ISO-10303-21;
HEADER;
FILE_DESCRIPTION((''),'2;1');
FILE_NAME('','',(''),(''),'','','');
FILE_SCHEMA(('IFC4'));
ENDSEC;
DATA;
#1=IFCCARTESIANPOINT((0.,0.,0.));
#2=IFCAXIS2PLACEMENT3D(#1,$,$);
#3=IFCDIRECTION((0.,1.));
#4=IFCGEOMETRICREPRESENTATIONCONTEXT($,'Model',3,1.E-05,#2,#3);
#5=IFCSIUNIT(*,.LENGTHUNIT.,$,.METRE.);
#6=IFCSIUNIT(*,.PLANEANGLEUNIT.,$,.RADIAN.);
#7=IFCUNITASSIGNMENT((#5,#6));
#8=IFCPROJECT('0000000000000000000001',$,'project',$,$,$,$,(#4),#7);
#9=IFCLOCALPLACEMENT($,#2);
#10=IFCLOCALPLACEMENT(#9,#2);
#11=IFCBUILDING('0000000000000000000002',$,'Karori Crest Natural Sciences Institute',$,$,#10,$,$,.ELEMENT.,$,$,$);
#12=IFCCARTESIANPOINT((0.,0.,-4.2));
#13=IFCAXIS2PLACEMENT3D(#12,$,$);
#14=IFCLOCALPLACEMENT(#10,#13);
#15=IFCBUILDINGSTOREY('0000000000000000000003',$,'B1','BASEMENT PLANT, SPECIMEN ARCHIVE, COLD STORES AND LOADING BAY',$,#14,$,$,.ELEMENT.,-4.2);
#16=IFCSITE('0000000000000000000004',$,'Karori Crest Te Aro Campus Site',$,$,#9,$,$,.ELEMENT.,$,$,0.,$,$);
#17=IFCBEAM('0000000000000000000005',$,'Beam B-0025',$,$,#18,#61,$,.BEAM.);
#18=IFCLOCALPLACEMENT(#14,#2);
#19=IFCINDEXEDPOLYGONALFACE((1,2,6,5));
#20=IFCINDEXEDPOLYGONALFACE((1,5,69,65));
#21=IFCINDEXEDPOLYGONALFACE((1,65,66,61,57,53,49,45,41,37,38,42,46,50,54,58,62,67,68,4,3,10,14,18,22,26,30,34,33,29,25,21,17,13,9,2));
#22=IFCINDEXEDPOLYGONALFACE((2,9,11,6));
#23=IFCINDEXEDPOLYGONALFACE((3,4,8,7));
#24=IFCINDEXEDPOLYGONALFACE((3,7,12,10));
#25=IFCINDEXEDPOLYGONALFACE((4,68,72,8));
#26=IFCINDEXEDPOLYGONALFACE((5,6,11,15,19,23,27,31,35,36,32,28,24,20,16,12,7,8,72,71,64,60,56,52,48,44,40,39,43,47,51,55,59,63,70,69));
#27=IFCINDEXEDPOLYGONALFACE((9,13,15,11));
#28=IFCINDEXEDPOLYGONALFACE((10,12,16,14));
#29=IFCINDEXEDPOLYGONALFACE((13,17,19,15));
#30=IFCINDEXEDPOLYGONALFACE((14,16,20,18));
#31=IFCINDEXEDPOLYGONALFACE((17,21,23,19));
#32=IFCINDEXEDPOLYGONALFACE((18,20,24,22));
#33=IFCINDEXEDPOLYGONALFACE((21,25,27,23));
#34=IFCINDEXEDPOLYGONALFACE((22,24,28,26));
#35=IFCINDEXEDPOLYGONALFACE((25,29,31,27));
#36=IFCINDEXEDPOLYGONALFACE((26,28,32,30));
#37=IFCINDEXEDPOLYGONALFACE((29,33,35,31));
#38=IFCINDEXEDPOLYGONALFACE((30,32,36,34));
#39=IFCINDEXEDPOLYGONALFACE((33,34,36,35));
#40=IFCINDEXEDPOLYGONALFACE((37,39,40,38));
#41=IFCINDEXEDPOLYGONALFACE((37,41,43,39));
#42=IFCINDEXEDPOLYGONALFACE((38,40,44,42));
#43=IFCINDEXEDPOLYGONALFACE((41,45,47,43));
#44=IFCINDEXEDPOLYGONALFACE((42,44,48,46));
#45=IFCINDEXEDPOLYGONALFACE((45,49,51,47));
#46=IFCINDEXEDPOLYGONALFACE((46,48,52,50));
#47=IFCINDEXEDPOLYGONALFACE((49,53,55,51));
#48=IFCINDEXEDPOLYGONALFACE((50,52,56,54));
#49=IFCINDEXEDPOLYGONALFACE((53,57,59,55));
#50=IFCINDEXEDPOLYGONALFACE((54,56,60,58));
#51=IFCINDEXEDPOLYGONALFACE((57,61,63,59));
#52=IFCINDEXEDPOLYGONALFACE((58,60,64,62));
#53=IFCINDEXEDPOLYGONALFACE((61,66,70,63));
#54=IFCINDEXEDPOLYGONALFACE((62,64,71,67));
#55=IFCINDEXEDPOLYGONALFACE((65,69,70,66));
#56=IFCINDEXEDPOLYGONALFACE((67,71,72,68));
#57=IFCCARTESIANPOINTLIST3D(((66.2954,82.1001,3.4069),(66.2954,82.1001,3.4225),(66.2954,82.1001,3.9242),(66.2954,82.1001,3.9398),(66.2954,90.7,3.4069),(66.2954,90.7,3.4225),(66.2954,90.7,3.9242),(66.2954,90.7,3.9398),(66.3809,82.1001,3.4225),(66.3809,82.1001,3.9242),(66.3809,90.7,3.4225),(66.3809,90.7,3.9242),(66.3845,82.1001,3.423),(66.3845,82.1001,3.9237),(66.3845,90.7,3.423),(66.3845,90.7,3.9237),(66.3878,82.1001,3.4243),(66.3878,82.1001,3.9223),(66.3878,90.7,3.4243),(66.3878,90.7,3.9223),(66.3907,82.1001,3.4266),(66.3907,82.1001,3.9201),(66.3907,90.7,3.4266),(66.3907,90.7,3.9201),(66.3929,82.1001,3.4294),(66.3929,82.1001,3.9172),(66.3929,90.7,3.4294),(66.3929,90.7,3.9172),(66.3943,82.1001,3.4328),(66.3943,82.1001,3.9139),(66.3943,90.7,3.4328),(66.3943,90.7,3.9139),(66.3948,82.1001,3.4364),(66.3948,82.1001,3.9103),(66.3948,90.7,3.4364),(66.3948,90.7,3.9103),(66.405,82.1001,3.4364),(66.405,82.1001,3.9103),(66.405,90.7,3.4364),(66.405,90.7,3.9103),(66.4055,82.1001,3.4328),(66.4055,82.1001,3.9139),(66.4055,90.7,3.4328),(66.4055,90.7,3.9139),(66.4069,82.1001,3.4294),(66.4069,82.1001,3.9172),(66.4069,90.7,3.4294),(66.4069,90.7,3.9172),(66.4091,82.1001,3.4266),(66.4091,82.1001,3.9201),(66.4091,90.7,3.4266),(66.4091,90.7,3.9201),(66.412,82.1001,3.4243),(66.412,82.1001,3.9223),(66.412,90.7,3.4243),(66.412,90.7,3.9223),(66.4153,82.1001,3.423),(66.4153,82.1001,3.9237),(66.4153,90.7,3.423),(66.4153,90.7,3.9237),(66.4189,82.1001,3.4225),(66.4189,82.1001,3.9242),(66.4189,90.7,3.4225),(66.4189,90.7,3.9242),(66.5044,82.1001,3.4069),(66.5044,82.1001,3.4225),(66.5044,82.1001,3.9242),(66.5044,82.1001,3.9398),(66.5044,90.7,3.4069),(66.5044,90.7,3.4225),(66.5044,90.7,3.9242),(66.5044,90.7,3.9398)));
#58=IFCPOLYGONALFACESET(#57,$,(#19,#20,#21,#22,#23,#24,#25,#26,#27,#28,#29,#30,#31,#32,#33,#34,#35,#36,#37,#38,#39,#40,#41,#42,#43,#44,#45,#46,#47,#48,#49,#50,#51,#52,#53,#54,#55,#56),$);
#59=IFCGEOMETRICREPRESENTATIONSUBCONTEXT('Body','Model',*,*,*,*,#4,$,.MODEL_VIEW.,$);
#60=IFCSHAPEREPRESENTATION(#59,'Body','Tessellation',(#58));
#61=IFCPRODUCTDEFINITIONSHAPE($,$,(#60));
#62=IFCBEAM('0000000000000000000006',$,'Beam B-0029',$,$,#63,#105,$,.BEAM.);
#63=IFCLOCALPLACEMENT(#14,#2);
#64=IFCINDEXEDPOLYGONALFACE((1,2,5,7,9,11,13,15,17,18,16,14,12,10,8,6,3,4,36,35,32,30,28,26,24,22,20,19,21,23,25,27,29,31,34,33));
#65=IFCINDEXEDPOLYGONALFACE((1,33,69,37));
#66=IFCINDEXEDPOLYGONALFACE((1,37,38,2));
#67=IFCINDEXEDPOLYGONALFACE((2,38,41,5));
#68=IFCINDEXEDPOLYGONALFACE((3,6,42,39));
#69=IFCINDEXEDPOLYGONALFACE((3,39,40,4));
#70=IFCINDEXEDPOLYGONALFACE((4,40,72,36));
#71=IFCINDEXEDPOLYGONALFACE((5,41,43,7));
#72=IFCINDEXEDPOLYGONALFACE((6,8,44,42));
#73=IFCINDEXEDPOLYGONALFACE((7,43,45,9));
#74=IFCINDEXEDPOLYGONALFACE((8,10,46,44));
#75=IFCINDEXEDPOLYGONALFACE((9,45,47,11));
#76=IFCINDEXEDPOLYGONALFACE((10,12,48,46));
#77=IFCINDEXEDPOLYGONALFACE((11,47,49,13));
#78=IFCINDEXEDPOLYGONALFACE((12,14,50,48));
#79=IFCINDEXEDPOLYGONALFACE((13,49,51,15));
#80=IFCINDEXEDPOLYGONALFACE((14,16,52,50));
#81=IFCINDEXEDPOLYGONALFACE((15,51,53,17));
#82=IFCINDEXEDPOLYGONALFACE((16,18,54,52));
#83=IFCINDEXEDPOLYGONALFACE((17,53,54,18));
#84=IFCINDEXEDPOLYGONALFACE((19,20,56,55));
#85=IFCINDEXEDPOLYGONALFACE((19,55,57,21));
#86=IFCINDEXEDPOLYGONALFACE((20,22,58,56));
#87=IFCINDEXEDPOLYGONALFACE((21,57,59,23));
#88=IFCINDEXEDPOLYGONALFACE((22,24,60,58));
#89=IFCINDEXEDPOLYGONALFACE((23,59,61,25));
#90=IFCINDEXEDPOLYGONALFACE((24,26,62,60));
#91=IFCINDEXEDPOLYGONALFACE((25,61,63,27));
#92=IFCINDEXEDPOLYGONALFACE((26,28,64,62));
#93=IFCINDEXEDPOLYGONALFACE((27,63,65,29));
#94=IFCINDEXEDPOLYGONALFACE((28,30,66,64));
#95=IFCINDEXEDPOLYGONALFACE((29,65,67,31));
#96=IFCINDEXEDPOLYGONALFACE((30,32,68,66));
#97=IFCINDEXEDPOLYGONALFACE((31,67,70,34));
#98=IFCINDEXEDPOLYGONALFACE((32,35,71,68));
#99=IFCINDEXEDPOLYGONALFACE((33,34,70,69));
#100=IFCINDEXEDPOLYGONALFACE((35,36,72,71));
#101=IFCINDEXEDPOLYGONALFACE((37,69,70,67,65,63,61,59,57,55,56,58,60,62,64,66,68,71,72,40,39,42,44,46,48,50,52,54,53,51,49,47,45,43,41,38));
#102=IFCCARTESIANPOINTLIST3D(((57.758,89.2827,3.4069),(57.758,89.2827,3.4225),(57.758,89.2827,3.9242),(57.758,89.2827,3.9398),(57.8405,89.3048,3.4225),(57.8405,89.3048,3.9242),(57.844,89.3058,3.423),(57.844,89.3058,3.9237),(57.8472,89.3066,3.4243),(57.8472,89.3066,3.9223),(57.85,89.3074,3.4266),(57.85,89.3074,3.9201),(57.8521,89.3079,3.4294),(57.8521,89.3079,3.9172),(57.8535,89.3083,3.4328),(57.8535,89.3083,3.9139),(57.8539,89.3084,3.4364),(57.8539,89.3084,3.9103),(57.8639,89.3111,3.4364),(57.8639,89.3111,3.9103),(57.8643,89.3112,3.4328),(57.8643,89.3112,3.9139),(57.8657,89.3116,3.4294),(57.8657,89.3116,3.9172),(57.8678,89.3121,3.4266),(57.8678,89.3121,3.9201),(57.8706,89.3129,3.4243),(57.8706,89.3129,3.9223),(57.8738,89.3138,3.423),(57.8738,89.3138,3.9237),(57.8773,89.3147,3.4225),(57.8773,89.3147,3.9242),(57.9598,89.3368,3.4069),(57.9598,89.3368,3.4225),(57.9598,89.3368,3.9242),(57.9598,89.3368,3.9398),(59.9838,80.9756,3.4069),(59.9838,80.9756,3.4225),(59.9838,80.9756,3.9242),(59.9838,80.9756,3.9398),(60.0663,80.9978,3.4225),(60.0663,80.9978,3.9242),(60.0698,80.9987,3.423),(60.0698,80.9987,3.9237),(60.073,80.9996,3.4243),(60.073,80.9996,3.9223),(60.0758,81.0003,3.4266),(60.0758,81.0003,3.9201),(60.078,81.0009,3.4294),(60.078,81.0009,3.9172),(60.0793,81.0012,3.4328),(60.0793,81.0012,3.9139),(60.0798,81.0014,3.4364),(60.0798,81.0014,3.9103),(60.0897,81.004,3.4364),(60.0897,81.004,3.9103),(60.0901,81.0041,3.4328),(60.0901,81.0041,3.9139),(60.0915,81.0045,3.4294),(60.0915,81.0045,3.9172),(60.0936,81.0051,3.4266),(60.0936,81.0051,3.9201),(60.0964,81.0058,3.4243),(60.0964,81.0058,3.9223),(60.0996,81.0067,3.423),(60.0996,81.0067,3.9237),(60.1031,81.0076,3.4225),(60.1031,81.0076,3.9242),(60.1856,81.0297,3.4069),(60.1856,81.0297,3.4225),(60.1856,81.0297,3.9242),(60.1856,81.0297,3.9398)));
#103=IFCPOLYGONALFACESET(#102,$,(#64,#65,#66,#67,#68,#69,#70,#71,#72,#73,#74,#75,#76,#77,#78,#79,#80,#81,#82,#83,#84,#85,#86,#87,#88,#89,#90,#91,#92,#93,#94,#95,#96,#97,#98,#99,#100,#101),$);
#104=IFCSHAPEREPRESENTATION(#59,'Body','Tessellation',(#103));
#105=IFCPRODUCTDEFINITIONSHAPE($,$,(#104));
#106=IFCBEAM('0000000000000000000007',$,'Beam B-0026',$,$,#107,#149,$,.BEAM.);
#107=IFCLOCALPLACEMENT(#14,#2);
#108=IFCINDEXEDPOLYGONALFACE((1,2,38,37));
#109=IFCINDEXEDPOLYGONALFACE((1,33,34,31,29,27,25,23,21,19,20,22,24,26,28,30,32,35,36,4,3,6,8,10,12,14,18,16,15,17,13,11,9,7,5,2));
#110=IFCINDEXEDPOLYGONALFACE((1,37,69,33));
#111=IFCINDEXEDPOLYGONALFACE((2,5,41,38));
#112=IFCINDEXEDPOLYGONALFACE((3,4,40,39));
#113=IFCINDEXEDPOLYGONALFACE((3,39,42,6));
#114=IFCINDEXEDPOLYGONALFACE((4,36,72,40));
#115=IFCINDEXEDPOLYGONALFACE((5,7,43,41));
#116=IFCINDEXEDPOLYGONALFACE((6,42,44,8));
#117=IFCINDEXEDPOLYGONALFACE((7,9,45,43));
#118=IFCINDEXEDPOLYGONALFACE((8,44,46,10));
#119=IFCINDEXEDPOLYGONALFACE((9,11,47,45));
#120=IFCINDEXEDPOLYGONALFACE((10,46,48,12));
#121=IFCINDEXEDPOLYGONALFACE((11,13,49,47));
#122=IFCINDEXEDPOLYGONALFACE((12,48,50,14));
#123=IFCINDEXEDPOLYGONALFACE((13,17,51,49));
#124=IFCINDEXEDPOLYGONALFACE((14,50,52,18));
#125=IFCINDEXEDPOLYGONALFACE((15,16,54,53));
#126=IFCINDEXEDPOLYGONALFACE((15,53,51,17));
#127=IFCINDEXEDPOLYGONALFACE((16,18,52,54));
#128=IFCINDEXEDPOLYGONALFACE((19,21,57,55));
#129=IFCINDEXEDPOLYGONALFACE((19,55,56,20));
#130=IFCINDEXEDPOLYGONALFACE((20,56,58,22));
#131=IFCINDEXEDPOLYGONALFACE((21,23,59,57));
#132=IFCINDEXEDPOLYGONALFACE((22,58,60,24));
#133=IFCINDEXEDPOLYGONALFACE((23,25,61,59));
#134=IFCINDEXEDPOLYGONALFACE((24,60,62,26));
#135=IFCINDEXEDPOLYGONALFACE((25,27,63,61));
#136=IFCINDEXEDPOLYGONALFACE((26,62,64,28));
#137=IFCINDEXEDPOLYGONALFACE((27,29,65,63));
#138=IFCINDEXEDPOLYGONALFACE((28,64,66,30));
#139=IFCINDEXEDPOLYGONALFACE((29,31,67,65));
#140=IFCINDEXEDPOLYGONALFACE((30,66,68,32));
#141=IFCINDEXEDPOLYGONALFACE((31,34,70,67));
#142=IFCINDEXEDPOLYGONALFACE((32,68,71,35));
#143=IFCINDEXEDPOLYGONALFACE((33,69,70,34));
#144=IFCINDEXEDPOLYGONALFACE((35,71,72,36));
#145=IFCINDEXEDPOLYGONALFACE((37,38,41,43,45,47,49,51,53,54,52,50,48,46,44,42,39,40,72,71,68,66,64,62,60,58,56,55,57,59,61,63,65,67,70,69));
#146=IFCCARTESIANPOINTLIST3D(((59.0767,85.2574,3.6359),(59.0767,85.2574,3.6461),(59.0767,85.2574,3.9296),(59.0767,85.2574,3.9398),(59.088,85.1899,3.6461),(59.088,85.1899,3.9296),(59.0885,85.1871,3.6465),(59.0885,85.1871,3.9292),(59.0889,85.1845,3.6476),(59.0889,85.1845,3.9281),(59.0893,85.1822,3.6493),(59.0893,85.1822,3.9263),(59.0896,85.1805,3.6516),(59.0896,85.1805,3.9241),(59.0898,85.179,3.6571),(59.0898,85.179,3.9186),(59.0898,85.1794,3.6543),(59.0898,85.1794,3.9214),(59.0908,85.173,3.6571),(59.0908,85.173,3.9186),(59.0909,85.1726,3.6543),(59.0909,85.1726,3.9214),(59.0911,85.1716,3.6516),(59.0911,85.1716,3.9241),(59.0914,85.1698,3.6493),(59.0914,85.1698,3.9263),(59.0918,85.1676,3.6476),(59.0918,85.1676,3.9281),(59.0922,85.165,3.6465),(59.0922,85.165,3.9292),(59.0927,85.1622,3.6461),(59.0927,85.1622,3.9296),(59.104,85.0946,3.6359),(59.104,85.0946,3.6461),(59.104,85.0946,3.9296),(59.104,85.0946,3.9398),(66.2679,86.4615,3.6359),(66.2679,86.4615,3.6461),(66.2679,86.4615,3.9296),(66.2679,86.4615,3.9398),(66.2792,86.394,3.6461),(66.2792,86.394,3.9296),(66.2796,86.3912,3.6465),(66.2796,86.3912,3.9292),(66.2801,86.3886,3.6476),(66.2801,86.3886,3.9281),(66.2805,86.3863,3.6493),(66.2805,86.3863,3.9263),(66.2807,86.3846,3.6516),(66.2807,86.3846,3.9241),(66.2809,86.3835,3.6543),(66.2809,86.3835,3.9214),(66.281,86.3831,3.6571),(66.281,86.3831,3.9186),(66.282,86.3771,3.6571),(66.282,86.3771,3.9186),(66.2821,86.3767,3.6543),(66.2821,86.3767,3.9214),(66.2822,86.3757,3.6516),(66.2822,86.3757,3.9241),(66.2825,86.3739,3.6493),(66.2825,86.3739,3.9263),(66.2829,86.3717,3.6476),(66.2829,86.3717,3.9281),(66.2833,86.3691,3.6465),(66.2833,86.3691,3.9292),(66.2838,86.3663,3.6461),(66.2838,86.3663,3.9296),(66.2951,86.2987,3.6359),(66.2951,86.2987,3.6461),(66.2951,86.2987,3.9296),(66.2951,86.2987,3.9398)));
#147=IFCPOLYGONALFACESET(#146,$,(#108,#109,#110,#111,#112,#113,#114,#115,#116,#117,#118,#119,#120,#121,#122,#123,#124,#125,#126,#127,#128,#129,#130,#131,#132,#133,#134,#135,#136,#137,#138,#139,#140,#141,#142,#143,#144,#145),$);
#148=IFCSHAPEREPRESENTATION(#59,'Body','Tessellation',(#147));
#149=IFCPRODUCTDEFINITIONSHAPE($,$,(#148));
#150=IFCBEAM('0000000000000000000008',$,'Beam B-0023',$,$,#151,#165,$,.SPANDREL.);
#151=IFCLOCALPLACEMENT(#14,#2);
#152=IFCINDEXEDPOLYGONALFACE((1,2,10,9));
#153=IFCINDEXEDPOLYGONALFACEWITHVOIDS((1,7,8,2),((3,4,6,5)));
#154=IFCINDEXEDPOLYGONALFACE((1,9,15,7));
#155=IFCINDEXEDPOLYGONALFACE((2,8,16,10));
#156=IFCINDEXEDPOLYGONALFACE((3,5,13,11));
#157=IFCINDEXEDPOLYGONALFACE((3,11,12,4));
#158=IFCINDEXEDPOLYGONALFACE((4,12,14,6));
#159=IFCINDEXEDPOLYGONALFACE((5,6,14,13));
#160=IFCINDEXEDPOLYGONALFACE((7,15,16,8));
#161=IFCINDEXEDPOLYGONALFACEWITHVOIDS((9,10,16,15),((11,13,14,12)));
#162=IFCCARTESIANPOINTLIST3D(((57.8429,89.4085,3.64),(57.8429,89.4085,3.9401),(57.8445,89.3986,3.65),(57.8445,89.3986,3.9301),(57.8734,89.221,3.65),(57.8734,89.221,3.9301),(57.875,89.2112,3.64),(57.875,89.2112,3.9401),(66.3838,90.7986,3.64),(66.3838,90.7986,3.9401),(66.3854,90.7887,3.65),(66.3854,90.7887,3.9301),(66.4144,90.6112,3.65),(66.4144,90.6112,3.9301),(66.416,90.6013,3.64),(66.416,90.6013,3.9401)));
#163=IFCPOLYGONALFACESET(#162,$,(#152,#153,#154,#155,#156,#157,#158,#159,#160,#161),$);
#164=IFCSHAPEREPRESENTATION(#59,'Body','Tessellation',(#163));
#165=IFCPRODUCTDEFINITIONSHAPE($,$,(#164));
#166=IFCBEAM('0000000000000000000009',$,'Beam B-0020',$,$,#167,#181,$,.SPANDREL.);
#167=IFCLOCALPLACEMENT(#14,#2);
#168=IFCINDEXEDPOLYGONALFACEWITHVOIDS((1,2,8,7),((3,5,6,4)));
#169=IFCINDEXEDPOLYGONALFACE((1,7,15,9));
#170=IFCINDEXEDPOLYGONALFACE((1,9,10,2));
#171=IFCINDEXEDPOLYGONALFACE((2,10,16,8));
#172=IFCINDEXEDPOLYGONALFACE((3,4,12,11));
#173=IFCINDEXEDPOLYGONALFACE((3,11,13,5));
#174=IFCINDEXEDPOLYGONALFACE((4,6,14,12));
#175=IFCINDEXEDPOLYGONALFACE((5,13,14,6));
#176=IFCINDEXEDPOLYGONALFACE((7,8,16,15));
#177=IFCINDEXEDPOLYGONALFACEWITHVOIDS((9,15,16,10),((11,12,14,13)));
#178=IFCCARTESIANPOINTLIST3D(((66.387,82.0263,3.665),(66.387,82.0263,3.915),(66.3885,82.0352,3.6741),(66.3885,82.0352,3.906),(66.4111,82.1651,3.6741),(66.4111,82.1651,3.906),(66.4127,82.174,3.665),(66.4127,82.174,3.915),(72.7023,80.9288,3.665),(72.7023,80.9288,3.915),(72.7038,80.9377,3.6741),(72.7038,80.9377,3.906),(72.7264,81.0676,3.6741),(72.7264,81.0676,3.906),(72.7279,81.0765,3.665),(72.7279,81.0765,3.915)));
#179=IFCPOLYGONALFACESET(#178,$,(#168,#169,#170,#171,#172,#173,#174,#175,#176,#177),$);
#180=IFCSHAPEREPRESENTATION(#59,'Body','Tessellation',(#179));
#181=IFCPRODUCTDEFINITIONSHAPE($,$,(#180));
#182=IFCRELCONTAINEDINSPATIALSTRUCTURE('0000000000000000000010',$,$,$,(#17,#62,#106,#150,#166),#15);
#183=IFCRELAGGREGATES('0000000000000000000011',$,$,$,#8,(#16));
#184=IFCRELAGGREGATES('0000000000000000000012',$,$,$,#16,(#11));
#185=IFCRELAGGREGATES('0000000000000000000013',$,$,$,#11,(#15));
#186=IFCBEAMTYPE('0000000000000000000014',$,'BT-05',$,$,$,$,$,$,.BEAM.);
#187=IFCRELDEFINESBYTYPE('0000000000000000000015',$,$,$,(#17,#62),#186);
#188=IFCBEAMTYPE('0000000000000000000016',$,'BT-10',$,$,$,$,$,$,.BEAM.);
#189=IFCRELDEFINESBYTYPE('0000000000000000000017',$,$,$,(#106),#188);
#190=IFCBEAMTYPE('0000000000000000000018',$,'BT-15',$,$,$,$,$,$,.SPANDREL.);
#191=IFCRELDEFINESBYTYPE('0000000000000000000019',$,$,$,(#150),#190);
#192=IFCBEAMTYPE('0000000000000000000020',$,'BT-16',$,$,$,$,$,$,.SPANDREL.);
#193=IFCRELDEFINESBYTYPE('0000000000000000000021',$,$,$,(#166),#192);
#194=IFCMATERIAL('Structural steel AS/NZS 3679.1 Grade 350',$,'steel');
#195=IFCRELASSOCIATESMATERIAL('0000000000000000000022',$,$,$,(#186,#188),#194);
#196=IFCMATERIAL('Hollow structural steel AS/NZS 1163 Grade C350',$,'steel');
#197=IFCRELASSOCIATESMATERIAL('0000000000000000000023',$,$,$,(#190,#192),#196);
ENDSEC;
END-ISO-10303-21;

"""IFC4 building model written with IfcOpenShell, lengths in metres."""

from ifc_helpers import new_model, si_unit, direction, frame, origin, origin_2d, place, context, subcontext, project, spatial, hollow_rectangle, i_section, extrude, material, material_profile, profile_set, type_object, element, save


model = new_model("IFC4")

# Units and contexts
model_context = context("Model", 3, precision=1e-05, world=origin(), true_north=direction((0.0, 1.0)))
body_context = subcontext(model_context, "Body", "Model", "MODEL_VIEW")
ifc_project = project(units=[si_unit("LENGTHUNIT", "METRE"), si_unit("PLANEANGLEUNIT", "RADIAN")], contexts=[model_context])

# Site, building, storey
site_placement = place(None, origin())
site = spatial("IfcSite", under=ifc_project, at=site_placement, Name="Karori Crest Te Aro Campus Site", CompositionType="ELEMENT", RefElevation=0.0)
building_placement = place(site_placement, origin())
building = spatial("IfcBuilding", under=site, at=building_placement, Name="Karori Crest Natural Sciences Institute", CompositionType="ELEMENT")
storey_placement = place(building_placement, frame((0.0, 0.0, -4.2)))
storey = spatial("IfcBuildingStorey", under=building, at=storey_placement, Name="B1", Description="BASEMENT PLANT, SPECIMEN ARCHIVE, COLD STORES AND LOADING BAY", CompositionType="ELEMENT", Elevation=-4.2)

# Shared definitions
ifc_material_1 = material(Name="Structural steel AS/NZS 3679.1 Grade 350", Category="steel")
ifc_material_2 = material(Name="Hollow structural steel AS/NZS 1163 Grade C350", Category="steel")

# Beams
ifc_material_profile_1 = material_profile(ifc_material_1, i_section(OverallWidth=0.209, OverallDepth=0.533, WebThickness=0.0103, FlangeThickness=0.0156, FilletRadius=0.0139, at=origin_2d()), Name="530UB92.4")
ifc_profile_set_1 = profile_set([ifc_material_profile_1], Name="Structural steel AS/NZS 3679.1 Grade 350")
beam_type_1 = type_object("IfcBeamType", Name="BT-05", PredefinedType="BEAM", material=ifc_profile_set_1)
beam_1_placement = place(storey_placement, frame((66.3999, 82.1001, 3.6733), z_axis=(0.0, 1.0, 0.0), x_axis=(-1.0, 0.0, 0.0)))
element("IfcBeam", 1, at=beam_1_placement, inside=storey, type_object=beam_type_1, Name="Beam B-0025", PredefinedType="BEAM", context=body_context, shape_type="SweptSolid", body=[
    extrude(i_section(OverallWidth=0.209, OverallDepth=0.533, WebThickness=0.0103, FlangeThickness=0.0156, FilletRadius=0.0139, at=origin_2d()), origin(), (0.0, 0.0, 1.0), 8.5999),
])
beam_2_placement = place(storey_placement, frame((60.0847, 81.0027, 3.6733), z_axis=(-0.258813, 0.965928, 0.0), x_axis=(-0.965928, -0.258813, 0.0)))
element("IfcBeam", 2, at=beam_2_placement, inside=storey, type_object=beam_type_1, Name="Beam B-0029", PredefinedType="BEAM", context=body_context, shape_type="SweptSolid", body=[
    extrude(i_section(OverallWidth=0.209, OverallDepth=0.533, WebThickness=0.0103, FlangeThickness=0.0156, FilletRadius=0.0139, at=origin_2d()), origin(), (0.0, 0.0, 1.0), 8.6001),
])
ifc_material_profile_2 = material_profile(ifc_material_1, i_section(OverallWidth=0.165, OverallDepth=0.304, WebThickness=0.0061, FlangeThickness=0.0103, FilletRadius=0.011, at=origin_2d()), Name="310UB40.4")
ifc_profile_set_2 = profile_set([ifc_material_profile_2], Name="Structural steel AS/NZS 3679.1 Grade 350")
beam_type_2 = type_object("IfcBeamType", Name="BT-10", PredefinedType="BEAM", material=ifc_profile_set_2)
beam_3_placement = place(storey_placement, frame((66.2815, 86.3801, 3.7878), z_axis=(-0.98627, -0.165143, 0.0), x_axis=(0.165143, -0.98627, 0.0)))
element("IfcBeam", 3, at=beam_3_placement, inside=storey, type_object=beam_type_2, Name="Beam B-0026", PredefinedType="BEAM", context=body_context, shape_type="SweptSolid", body=[
    extrude(i_section(OverallWidth=0.165, OverallDepth=0.304, WebThickness=0.0061, FlangeThickness=0.0103, FilletRadius=0.011, at=origin_2d()), origin(), (0.0, 0.0, 1.0), 7.2913),
])
ifc_material_profile_3 = material_profile(ifc_material_2, hollow_rectangle(XDim=0.2, YDim=0.3, WallThickness=0.01, at=origin_2d()), Name="RHS300x200x10")
ifc_profile_set_3 = profile_set([ifc_material_profile_3], Name="Hollow structural steel AS/NZS 1163 Grade C350")
beam_type_3 = type_object("IfcBeamType", Name="BT-15", PredefinedType="SPANDREL", material=ifc_profile_set_3)
beam_4_placement = place(storey_placement, frame((66.3999, 90.7, 3.79), z_axis=(-0.987012, -0.160646, 0.0), x_axis=(0.160646, -0.987012, 0.0)))
element("IfcBeam", 4, at=beam_4_placement, inside=storey, type_object=beam_type_3, Name="Beam B-0023", PredefinedType="SPANDREL", context=body_context, shape_type="SweptSolid", body=[
    extrude(hollow_rectangle(XDim=0.2, YDim=0.3, WallThickness=0.01, at=origin_2d()), origin(), (0.0, 0.0, 1.0), 8.6533),
])
ifc_material_profile_4 = material_profile(ifc_material_2, hollow_rectangle(XDim=0.1499, YDim=0.25, WallThickness=0.009, at=origin_2d()), Name="RHS250x150x9")
ifc_profile_set_4 = profile_set([ifc_material_profile_4], Name="Hollow structural steel AS/NZS 1163 Grade C350")
beam_type_4 = type_object("IfcBeamType", Name="BT-16", PredefinedType="SPANDREL", material=ifc_profile_set_4)
for number, where, z_axis, x_axis, name in (
    (5, (72.7151, 81.0027, 3.79), (-0.985235, 0.171208, 0.0), (-0.171208, -0.985235, 0.0), "Beam B-0020"),
):
    element("IfcBeam", number, at=place(storey_placement, frame(where, z_axis=z_axis, x_axis=x_axis)), inside=storey, type_object=beam_type_4, Name=name, PredefinedType="SPANDREL", context=body_context, shape_type="SweptSolid", body=[
        extrude(hollow_rectangle(XDim=0.1499, YDim=0.25, WallThickness=0.009, at=origin_2d()), origin(), (0.0, 0.0, 1.0), 6.4099),
    ])

save(model, "model.ifc")
